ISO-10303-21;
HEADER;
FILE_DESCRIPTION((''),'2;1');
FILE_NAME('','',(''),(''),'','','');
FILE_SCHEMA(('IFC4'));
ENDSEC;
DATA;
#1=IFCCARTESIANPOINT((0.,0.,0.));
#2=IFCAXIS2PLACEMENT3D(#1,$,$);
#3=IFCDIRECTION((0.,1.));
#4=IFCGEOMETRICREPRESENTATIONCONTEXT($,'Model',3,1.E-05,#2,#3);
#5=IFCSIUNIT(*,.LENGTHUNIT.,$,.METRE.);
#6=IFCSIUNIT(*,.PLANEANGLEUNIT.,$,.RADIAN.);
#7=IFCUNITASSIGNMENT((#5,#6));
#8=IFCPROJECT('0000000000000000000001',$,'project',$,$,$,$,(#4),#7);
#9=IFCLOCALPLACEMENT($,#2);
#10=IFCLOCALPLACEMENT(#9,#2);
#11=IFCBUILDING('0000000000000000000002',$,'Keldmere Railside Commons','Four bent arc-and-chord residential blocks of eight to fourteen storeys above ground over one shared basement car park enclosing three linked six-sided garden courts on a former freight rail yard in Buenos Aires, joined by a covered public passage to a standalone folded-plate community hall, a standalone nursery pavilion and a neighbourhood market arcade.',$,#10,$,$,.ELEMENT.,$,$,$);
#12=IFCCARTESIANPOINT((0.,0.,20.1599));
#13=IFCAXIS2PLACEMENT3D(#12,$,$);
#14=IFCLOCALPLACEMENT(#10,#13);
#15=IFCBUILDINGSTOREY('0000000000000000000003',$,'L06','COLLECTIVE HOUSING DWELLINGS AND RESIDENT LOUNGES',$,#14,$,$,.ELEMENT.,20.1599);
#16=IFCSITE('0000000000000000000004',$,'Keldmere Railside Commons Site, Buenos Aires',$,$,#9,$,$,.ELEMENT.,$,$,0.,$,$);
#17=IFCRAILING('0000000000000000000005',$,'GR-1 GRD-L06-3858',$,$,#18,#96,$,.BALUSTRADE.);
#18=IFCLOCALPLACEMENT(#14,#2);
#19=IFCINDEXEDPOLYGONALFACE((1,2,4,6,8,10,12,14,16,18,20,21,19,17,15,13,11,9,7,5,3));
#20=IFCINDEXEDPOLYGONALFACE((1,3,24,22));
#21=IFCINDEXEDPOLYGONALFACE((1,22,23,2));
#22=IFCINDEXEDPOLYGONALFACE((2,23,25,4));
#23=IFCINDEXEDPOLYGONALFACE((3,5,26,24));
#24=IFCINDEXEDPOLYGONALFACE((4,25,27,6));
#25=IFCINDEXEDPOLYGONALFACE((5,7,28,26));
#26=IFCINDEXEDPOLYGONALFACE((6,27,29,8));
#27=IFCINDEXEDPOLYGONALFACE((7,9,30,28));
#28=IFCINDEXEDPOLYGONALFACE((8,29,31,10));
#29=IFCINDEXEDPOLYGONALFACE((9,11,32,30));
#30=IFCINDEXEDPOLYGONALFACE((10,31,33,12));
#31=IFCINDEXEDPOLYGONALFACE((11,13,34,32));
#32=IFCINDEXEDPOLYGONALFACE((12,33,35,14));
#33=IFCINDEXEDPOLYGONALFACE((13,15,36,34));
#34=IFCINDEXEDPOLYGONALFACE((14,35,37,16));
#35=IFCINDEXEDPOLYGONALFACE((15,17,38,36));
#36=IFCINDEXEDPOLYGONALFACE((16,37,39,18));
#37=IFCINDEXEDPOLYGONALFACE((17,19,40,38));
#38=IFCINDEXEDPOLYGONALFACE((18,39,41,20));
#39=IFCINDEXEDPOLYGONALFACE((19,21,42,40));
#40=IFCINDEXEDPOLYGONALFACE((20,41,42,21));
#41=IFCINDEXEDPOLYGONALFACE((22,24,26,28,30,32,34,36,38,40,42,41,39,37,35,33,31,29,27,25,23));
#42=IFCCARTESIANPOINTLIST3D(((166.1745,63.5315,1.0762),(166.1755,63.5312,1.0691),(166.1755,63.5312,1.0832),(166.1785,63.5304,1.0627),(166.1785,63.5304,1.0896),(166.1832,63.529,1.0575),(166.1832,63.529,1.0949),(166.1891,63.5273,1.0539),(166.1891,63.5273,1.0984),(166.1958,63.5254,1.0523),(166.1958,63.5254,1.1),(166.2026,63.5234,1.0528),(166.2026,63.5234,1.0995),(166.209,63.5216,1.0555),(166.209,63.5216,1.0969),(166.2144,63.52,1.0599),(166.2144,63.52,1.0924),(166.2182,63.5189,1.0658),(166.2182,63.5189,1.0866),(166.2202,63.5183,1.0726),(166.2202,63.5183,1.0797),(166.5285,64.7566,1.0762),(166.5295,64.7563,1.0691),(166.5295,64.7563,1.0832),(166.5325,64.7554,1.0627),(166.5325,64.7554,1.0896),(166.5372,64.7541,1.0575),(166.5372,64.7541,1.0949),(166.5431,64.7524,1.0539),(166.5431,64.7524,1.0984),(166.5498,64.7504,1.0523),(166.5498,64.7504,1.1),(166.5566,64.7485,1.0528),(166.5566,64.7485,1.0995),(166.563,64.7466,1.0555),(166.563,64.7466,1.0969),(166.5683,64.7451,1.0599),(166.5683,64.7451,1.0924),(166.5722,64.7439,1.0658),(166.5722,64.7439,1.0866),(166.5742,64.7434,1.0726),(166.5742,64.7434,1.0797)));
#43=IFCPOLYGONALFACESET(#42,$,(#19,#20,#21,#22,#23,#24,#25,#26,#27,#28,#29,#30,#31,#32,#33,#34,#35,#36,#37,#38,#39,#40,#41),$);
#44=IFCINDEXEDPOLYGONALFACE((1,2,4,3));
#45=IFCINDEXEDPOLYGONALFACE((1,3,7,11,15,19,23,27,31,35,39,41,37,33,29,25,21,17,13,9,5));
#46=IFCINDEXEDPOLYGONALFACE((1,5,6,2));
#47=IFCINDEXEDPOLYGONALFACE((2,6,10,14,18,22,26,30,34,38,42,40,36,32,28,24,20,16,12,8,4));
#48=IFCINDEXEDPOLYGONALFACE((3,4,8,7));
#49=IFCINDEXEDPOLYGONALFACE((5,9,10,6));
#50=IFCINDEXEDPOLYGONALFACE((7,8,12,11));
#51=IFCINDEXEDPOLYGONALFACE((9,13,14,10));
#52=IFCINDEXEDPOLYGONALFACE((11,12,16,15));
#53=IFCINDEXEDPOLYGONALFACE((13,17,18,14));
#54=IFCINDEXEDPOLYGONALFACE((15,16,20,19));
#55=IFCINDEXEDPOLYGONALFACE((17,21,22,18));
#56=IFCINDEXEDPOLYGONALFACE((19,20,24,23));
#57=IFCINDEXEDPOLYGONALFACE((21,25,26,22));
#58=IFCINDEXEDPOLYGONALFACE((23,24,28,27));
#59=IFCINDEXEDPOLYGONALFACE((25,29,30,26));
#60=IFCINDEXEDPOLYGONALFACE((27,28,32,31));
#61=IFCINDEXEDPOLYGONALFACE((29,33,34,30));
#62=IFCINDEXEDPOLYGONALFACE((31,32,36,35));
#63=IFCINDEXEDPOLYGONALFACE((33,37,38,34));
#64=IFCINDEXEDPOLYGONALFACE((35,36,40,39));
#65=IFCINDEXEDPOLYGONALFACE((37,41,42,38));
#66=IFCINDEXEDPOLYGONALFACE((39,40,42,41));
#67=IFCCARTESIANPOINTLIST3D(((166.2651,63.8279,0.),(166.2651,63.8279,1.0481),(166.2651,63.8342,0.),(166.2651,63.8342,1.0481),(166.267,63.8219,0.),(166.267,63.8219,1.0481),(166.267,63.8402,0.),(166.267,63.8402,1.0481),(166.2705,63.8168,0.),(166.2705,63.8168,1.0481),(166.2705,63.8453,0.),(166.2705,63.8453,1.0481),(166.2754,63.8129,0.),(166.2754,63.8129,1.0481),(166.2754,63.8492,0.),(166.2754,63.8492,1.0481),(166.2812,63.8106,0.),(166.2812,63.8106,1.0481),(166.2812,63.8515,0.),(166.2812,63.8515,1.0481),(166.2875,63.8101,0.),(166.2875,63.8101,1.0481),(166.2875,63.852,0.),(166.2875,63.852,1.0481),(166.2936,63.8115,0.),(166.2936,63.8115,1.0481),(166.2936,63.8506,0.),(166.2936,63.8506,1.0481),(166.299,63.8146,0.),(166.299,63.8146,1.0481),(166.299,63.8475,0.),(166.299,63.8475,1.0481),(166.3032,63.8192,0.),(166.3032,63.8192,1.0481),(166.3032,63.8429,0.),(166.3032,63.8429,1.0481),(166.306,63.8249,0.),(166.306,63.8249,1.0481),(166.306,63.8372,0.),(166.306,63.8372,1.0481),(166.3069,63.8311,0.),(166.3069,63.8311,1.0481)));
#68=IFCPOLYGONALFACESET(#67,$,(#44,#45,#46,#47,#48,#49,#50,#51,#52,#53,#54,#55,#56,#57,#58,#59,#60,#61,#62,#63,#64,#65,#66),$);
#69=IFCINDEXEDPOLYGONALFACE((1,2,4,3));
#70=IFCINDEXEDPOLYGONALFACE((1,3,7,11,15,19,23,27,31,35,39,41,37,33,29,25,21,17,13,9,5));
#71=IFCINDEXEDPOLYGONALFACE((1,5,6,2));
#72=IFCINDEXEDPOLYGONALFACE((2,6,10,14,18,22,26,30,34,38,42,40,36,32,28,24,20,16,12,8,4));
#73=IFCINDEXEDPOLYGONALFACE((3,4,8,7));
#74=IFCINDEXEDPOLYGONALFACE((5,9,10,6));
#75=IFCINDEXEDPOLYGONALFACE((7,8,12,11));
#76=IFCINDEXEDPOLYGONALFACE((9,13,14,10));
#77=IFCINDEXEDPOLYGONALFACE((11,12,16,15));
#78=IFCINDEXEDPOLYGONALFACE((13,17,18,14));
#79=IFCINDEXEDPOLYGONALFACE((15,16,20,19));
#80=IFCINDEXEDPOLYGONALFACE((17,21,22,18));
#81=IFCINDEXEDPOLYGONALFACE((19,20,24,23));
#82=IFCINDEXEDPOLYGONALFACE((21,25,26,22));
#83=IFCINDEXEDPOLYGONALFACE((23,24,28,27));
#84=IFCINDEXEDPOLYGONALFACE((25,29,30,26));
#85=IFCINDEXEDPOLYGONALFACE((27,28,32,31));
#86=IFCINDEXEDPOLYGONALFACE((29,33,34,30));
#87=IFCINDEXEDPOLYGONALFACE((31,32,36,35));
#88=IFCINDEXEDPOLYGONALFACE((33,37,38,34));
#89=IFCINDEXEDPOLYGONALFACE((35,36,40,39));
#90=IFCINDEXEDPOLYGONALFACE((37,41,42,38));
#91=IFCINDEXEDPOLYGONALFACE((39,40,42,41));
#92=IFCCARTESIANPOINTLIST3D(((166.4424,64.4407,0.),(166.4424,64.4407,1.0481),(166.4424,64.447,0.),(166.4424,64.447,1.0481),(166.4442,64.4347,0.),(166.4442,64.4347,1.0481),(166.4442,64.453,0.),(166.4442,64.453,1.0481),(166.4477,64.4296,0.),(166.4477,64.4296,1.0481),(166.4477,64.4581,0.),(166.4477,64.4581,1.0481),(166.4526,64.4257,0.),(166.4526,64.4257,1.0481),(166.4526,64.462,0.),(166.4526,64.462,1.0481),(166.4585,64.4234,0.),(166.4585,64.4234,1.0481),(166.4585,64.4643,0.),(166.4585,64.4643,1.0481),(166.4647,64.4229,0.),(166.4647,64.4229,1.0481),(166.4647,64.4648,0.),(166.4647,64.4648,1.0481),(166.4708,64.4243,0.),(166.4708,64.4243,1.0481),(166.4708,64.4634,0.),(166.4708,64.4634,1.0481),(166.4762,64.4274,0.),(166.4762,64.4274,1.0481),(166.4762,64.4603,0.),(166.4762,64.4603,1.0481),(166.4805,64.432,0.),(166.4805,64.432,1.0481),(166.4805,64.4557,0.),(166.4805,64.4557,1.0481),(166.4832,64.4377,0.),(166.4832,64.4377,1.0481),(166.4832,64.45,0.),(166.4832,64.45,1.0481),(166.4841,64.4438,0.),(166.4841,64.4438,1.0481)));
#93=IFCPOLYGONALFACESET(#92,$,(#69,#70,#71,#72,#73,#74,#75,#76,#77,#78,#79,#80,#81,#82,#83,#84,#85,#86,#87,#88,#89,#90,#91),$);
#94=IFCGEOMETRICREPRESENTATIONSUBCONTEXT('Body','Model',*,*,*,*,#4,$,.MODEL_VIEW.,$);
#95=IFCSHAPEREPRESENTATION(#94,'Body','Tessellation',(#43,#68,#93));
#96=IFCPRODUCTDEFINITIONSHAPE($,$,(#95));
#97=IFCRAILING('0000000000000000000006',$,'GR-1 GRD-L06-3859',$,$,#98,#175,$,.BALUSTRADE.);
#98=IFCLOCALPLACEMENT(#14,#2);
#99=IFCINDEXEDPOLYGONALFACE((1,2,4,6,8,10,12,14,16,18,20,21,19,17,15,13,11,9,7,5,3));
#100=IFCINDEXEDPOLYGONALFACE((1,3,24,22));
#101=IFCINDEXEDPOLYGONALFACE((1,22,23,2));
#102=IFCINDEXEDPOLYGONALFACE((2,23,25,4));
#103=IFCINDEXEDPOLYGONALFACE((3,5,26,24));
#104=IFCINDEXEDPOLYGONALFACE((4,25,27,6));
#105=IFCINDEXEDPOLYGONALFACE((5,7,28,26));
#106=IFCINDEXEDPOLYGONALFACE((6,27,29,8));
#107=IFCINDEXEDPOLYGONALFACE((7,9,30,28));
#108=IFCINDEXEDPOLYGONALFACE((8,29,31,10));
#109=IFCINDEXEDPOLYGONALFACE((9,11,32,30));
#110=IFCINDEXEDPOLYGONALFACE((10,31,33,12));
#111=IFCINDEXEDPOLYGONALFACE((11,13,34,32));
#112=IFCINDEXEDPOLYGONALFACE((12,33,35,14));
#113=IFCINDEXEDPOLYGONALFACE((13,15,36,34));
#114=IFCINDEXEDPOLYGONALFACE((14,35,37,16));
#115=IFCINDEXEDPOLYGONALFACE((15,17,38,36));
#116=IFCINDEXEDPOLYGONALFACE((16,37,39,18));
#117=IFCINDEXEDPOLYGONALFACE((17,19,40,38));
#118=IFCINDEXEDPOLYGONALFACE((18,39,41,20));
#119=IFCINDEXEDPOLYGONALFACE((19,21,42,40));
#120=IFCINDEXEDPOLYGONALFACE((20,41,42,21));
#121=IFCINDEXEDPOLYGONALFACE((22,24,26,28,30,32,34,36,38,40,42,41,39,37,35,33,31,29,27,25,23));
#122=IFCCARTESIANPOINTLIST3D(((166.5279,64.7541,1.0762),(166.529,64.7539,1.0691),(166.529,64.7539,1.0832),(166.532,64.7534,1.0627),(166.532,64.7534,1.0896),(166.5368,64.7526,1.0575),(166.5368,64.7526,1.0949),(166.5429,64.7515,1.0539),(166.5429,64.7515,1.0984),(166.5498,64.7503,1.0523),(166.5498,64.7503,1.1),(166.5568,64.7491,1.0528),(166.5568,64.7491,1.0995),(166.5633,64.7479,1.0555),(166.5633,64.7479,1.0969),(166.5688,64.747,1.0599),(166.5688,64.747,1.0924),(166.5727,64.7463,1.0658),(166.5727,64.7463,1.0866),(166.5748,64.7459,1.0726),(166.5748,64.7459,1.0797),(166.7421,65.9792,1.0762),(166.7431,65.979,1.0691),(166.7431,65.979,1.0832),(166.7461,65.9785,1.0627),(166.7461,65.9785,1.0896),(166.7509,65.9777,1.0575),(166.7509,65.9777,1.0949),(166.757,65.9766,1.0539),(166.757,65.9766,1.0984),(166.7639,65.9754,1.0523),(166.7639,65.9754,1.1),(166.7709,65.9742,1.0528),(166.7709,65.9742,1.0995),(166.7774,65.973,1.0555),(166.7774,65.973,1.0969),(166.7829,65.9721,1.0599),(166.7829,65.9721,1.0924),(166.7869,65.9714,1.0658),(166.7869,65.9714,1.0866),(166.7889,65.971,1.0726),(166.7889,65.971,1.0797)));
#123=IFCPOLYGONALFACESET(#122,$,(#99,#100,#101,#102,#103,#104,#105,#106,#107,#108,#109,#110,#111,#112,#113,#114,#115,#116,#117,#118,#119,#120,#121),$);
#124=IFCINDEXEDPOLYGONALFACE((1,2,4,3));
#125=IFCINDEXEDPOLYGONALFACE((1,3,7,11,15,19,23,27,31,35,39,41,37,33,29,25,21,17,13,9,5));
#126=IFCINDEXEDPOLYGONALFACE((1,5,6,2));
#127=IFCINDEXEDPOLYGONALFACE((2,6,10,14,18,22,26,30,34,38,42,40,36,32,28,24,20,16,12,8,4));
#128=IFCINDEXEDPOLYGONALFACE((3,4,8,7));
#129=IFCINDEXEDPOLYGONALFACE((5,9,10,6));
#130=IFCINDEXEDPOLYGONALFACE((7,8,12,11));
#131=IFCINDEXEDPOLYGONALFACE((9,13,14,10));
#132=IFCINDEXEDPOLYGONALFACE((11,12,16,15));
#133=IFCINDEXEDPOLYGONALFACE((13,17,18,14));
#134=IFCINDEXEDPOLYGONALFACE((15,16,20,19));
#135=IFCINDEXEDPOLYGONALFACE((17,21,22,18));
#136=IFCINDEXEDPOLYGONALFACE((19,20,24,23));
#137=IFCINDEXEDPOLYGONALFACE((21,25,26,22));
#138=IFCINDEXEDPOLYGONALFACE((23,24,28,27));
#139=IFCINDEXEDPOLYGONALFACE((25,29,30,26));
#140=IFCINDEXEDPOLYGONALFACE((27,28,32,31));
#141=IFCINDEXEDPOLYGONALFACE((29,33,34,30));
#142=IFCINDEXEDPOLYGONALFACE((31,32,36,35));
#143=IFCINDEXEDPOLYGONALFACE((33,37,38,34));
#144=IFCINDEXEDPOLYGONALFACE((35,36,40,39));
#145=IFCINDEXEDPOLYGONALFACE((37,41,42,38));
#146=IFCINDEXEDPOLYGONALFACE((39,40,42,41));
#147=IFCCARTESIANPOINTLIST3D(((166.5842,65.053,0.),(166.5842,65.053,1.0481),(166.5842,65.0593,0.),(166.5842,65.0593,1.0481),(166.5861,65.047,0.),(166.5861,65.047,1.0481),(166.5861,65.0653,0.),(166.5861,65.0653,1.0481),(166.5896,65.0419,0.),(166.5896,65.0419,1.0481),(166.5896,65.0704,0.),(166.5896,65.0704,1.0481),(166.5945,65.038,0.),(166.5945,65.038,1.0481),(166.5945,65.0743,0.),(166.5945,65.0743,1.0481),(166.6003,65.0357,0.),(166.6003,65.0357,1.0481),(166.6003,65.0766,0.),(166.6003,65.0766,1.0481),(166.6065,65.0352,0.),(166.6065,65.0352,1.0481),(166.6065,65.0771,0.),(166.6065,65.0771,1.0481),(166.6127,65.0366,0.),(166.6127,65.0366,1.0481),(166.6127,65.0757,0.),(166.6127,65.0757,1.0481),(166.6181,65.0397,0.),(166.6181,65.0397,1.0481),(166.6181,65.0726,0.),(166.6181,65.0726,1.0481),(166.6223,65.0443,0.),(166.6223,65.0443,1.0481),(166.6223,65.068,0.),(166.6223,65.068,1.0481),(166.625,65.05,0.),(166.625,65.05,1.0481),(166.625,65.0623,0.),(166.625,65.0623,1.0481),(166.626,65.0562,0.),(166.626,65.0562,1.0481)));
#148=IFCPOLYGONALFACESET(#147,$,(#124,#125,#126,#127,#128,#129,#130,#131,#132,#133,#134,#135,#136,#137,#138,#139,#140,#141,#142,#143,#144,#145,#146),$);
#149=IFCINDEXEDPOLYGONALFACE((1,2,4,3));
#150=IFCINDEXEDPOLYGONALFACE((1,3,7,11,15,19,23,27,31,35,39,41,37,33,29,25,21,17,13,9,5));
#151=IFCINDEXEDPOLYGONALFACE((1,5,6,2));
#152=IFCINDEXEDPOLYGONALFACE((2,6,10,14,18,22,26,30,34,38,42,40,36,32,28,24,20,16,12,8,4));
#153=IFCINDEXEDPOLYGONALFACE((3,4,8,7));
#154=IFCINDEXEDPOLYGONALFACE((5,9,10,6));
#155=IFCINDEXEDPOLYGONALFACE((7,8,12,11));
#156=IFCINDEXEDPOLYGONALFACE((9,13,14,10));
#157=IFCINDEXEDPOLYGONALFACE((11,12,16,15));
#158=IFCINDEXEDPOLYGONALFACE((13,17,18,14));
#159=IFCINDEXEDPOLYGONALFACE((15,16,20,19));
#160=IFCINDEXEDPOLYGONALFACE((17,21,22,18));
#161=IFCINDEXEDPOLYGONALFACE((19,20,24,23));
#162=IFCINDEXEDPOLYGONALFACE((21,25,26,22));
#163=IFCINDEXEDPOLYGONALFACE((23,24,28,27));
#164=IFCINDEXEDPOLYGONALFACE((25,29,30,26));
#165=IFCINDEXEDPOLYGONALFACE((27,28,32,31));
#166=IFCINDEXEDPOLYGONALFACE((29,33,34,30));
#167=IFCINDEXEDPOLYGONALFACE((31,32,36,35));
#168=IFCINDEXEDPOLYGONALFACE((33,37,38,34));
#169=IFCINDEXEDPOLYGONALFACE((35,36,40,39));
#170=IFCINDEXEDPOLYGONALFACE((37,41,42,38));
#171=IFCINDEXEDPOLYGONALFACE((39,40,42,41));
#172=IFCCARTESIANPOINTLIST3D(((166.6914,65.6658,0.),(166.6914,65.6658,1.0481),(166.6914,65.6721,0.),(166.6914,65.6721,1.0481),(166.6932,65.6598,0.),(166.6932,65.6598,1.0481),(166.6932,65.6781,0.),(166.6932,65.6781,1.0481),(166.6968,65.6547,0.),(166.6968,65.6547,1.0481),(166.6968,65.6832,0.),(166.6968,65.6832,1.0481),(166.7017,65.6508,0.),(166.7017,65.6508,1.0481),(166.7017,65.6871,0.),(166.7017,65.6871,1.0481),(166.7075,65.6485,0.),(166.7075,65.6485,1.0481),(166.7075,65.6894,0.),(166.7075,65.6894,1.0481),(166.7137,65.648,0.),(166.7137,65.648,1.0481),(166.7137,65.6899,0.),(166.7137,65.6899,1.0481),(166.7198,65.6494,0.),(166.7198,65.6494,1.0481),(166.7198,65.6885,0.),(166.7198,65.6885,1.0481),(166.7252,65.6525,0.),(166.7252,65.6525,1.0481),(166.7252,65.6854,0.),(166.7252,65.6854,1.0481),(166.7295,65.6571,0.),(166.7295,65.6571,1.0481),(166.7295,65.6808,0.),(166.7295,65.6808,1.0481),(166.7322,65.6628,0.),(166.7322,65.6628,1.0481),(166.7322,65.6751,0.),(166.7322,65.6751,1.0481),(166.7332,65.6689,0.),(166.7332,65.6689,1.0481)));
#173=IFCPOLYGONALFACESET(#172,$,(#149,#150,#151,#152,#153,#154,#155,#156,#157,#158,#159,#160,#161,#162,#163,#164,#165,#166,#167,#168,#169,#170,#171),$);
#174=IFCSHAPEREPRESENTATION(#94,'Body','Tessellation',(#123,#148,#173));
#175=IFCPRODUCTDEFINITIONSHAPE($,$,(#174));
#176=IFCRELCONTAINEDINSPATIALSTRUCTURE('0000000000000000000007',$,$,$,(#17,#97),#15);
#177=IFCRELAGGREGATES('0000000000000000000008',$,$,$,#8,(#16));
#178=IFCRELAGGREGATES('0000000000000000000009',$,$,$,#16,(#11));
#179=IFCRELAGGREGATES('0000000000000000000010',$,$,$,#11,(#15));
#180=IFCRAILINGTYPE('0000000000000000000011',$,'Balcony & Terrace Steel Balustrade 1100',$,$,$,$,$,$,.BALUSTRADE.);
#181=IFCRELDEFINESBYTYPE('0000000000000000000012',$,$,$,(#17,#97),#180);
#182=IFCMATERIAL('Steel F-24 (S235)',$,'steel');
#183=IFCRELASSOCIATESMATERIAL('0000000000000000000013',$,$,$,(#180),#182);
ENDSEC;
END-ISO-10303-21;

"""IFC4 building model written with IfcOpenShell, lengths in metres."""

from ifc_helpers import new_model, si_unit, direction, frame, origin, origin_2d, place, context, subcontext, project, spatial, circle, extrude, material, type_object, element, save


model = new_model("IFC4")

# Units and contexts
model_context = context("Model", 3, precision=1e-05, world=origin(), true_north=direction((0.0, 1.0)))
body_context = subcontext(model_context, "Body", "Model", "MODEL_VIEW")
ifc_project = project(units=[si_unit("LENGTHUNIT", "METRE"), si_unit("PLANEANGLEUNIT", "RADIAN")], contexts=[model_context])

# Site, building, storey
site_placement = place(None, origin())
site = spatial("IfcSite", under=ifc_project, at=site_placement, Name="Keldmere Railside Commons Site, Buenos Aires", CompositionType="ELEMENT", RefElevation=0.0)
building_placement = place(site_placement, origin())
building = spatial("IfcBuilding", under=site, at=building_placement, Name="Keldmere Railside Commons", Description="Four bent arc-and-chord residential blocks of eight to fourteen storeys above ground over one shared basement car park enclosing three linked six-sided garden courts on a former freight rail yard in Buenos Aires, joined by a covered public passage to a standalone folded-plate community hall, a standalone nursery pavilion and a neighbourhood market arcade.", CompositionType="ELEMENT")
storey_placement = place(building_placement, frame((0.0, 0.0, 20.1599)))
storey = spatial("IfcBuildingStorey", under=building, at=storey_placement, Name="L06", Description="COLLECTIVE HOUSING DWELLINGS AND RESIDENT LOUNGES", CompositionType="ELEMENT", Elevation=20.1599)

# Railings
ifc_material_1 = material(Name="Steel F-24 (S235)", Category="steel")
railing_type = type_object("IfcRailingType", Name="Balcony & Terrace Steel Balustrade 1100", PredefinedType="BALUSTRADE", material=ifc_material_1)
railing_1_placement = place(storey_placement, frame((166.1975, 63.5249, 0.0)))
element("IfcRailing", 1, at=railing_1_placement, inside=storey, type_object=railing_type, Name="GR-1 GRD-L06-3858", PredefinedType="BALUSTRADE", context=body_context, shape_type="SweptSolid", body=[
    extrude(circle(Radius=0.0239, at=origin_2d()), frame((0.0, 0.0, 1.0762), z_axis=(0.277602, 0.960696, 0.0), x_axis=(-0.960696, 0.277602, 0.0)), (0.0, 0.0, 1.0), 1.2751),
    extrude(circle(Radius=0.021, at=origin_2d()), frame((0.0884, 0.3062, 0.0)), (0.0, 0.0, 1.0), 1.0481),
    extrude(circle(Radius=0.021, at=origin_2d()), frame((0.2656, 0.9189, 0.0)), (0.0, 0.0, 1.0), 1.0481),
])
railing_2_placement = place(storey_placement, frame((166.5515, 64.75, 0.0)))
element("IfcRailing", 2, at=railing_2_placement, inside=storey, type_object=railing_type, Name="GR-1 GRD-L06-3859", PredefinedType="BALUSTRADE", context=body_context, shape_type="SweptSolid", body=[
    extrude(circle(Radius=0.0239, at=origin_2d()), frame((0.0, 0.0, 1.0762), z_axis=(0.172161, 0.985069, 0.0), x_axis=(-0.985069, 0.172161, 0.0)), (0.0, 0.0, 1.0), 1.2437),
    extrude(circle(Radius=0.021, at=origin_2d()), frame((0.0535, 0.3062, 0.0)), (0.0, 0.0, 1.0), 1.0481),
    extrude(circle(Radius=0.021, at=origin_2d()), frame((0.1606, 0.9189, 0.0)), (0.0, 0.0, 1.0), 1.0481),
])

save(model, "model.ifc")
